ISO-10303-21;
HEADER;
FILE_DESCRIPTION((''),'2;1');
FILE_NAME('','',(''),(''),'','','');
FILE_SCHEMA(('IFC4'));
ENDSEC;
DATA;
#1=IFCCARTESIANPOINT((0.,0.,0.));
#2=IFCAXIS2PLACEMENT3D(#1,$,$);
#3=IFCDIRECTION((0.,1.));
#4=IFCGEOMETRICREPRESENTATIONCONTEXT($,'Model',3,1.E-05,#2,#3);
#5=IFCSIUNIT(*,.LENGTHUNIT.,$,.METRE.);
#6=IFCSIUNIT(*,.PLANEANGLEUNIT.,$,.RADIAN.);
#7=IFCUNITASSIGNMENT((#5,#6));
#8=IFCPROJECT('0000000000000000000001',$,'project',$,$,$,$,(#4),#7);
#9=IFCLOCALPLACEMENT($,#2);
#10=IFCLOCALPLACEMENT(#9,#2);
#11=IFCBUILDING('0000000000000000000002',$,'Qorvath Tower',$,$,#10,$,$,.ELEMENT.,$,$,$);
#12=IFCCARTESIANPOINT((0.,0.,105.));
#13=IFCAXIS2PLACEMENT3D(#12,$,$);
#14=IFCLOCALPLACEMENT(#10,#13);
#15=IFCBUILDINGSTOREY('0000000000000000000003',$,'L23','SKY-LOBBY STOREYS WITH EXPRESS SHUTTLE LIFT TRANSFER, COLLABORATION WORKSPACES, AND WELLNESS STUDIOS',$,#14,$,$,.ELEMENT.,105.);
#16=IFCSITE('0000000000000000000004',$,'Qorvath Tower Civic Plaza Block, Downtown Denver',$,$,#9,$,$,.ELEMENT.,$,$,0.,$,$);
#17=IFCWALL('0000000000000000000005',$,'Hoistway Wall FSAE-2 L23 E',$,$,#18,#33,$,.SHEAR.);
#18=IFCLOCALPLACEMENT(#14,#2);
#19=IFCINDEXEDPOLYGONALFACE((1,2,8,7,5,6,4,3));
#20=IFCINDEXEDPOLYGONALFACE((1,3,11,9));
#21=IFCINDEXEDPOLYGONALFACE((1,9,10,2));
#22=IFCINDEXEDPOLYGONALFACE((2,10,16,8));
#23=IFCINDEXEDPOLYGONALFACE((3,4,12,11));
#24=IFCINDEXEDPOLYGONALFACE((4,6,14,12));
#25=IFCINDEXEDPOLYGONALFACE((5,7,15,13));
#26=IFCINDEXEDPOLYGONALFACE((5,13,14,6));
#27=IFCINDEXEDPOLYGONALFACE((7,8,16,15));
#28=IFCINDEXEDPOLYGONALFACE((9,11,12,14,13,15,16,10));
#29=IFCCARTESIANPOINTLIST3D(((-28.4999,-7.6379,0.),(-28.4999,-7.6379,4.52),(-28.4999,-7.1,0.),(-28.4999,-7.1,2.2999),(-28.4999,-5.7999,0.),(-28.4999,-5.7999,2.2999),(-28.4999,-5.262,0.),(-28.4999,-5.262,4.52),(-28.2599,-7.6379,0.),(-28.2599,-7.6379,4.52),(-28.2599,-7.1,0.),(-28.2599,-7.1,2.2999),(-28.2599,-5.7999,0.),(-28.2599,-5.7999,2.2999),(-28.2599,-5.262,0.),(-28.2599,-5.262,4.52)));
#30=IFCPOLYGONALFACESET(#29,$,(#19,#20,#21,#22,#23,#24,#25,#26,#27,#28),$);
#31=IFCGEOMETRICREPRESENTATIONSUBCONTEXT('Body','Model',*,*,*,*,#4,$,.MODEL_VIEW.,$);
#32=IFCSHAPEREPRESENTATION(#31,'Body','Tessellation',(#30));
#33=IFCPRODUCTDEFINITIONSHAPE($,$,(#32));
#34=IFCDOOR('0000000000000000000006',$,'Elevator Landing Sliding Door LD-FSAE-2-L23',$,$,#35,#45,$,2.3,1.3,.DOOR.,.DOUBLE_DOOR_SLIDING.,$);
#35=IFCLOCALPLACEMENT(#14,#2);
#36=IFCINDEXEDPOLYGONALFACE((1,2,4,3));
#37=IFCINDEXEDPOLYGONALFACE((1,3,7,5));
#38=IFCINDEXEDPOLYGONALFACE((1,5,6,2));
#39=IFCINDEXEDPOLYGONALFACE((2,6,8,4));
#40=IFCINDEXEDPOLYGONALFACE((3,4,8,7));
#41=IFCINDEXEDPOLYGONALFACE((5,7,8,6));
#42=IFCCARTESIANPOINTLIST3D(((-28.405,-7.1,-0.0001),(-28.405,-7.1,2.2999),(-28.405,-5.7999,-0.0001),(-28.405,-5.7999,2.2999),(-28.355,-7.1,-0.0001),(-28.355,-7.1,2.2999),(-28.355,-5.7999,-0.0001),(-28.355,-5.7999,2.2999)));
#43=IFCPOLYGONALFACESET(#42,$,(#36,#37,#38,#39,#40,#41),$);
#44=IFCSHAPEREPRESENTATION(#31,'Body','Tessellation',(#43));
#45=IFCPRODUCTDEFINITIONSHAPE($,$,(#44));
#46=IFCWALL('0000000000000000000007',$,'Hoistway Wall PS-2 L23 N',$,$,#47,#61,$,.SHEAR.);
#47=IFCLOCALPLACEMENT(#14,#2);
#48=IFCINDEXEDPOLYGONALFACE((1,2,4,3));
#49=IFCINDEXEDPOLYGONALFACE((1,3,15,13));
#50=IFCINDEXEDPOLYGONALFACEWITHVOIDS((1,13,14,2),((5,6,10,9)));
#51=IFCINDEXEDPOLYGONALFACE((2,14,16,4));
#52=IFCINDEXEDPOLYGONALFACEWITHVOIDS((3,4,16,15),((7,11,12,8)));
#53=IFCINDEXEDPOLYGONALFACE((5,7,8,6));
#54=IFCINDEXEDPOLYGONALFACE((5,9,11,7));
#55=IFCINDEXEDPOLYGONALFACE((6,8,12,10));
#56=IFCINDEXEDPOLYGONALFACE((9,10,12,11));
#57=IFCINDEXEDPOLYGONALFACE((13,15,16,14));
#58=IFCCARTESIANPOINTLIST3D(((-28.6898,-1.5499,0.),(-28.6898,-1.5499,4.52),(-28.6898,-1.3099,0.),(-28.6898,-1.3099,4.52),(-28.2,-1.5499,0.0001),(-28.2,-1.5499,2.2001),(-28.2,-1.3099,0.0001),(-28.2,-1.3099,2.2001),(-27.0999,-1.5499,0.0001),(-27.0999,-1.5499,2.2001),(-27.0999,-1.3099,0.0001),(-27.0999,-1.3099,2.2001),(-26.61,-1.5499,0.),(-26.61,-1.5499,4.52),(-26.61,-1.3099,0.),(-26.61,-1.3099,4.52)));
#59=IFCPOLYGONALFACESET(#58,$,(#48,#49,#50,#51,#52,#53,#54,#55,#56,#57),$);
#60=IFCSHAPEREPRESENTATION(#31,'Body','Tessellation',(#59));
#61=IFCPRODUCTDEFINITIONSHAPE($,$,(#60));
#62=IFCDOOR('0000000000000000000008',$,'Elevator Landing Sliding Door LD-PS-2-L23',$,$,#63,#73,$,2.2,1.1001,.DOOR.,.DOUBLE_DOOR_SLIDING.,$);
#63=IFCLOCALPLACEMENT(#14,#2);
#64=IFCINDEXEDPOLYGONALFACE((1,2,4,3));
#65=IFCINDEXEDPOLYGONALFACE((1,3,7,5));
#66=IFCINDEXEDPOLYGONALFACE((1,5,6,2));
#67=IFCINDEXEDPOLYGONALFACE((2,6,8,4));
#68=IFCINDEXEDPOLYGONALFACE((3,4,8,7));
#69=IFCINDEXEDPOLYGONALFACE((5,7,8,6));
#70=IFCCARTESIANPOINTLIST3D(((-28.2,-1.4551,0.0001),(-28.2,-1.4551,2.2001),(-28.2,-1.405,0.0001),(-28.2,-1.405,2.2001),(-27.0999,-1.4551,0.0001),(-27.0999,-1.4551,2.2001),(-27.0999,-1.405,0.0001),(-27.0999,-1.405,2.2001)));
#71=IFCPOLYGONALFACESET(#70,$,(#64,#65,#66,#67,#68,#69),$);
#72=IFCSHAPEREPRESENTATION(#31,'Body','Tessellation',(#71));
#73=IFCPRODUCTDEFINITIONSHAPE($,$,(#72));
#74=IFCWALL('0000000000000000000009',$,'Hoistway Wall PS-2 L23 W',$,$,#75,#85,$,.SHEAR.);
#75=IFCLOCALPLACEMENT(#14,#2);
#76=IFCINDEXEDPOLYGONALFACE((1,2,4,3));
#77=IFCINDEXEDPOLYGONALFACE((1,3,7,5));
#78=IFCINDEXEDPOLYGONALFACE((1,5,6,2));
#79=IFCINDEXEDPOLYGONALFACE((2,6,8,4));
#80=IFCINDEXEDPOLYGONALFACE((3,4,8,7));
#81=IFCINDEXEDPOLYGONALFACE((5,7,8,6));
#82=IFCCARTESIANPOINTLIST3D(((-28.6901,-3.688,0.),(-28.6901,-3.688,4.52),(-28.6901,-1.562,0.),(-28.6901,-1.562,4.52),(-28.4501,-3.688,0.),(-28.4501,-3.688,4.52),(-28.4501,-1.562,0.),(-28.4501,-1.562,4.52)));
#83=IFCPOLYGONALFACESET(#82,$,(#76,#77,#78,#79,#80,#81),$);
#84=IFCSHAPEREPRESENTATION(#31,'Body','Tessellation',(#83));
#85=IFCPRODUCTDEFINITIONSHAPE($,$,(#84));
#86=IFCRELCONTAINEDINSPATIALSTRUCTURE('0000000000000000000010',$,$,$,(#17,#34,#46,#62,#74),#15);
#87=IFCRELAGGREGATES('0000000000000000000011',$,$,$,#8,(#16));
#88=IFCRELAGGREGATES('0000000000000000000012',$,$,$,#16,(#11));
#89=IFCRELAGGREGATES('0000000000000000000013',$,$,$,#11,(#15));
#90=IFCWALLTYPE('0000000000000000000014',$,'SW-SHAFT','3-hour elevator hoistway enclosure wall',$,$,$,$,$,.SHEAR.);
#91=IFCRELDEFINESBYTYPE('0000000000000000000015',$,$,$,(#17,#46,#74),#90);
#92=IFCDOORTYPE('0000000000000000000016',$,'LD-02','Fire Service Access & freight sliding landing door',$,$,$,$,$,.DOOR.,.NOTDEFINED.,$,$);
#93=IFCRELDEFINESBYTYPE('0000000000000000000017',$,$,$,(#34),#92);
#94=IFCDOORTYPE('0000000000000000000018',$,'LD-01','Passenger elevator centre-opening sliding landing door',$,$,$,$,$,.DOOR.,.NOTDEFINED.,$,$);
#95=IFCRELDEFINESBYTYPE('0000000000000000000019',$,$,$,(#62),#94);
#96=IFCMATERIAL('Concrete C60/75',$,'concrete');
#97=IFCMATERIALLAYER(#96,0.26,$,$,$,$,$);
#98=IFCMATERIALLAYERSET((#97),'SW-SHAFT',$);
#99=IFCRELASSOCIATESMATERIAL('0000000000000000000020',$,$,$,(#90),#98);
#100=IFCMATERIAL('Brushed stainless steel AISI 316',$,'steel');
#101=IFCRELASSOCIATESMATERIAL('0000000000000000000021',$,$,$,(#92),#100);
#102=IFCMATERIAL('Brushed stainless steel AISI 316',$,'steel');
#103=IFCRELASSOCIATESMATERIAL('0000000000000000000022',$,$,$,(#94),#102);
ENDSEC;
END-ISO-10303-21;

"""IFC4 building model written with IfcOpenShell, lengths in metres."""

from ifc_helpers import new_model, si_unit, direction, frame, frame_2d, origin, place, context, subcontext, project, spatial, rectangle, extrude, material, layer, layer_set, type_object, element, fill, save


model = new_model("IFC4")

# Units and contexts
model_context = context("Model", 3, precision=1e-05, world=origin(), true_north=direction((0.0, 1.0)))
body_context = subcontext(model_context, "Body", "Model", "MODEL_VIEW")
ifc_project = project(units=[si_unit("LENGTHUNIT", "METRE"), si_unit("PLANEANGLEUNIT", "RADIAN")], contexts=[model_context])

# Site, building, storey
site_placement = place(None, origin())
site = spatial("IfcSite", under=ifc_project, at=site_placement, Name="Qorvath Tower Civic Plaza Block, Downtown Denver", CompositionType="ELEMENT", RefElevation=0.0)
building_placement = place(site_placement, origin())
building = spatial("IfcBuilding", under=site, at=building_placement, Name="Qorvath Tower", CompositionType="ELEMENT")
storey_placement = place(building_placement, frame((0.0, 0.0, 105.0)))
storey = spatial("IfcBuildingStorey", under=building, at=storey_placement, Name="L23", Description="SKY-LOBBY STOREYS WITH EXPRESS SHUTTLE LIFT TRANSFER, COLLABORATION WORKSPACES, AND WELLNESS STUDIOS", CompositionType="ELEMENT", Elevation=105.0)

# Shared definitions
ifc_material_1 = material(Name="Concrete C60/75", Category="concrete")
ifc_layer_1 = layer(ifc_material_1, 0.26)
ifc_layer_set_1 = layer_set([ifc_layer_1], Name="SW-SHAFT")
wall_type_1 = type_object("IfcWallType", Name="SW-SHAFT", Description="3-hour elevator hoistway enclosure wall", PredefinedType="SHEAR", material=ifc_layer_set_1)

# Walls, openings, doors
wall_1_placement = place(storey_placement, frame((-28.3799, -5.262, 0.0), z_axis=(0.0, 0.0, 1.0), x_axis=(0.0, -1.0, 0.0)))
wall_1 = element("IfcWall", 1, at=wall_1_placement, inside=storey, type_object=wall_type_1, Name="Hoistway Wall FSAE-2 L23 E", PredefinedType="SHEAR", context=body_context, shape_type="SweptSolid", body=[
    extrude(rectangle(XDim=2.376, YDim=0.24, at=frame_2d((1.188, 0.0))), origin(), (0.0, 0.0, 1.0), 4.52),
])
opening_1_placement = place(wall_1_placement, frame((0.5381, 0.0, 0.0)))
opening_1 = element("IfcOpeningElement", 2, at=opening_1_placement, cuts=wall_1, PredefinedType="OPENING", context=body_context, shape_type="SweptSolid", body=[
    extrude(rectangle(XDim=1.3, YDim=2.3, at=frame_2d((0.6499, 1.1499))), frame((0.0, 0.1299, 0.0), z_axis=(0.0, -1.0, 0.0), x_axis=(1.0, 0.0, 0.0)), (0.0, 0.0, 1.0), 0.26),
])
ifc_material_2 = material(Name="Brushed stainless steel AISI 316", Category="steel")
door_type_1 = type_object("IfcDoorType", Name="LD-02", Description="Fire Service Access & freight sliding landing door", OperationType="NOTDEFINED", PredefinedType="DOOR", material=ifc_material_2)
door_1_placement = place(opening_1_placement, origin())
door_1 = element("IfcDoor", 3, at=door_1_placement, inside=storey, type_object=door_type_1, Name="Elevator Landing Sliding Door LD-FSAE-2-L23", OperationType="DOUBLE_DOOR_SLIDING", OverallHeight=2.3, OverallWidth=1.3, PredefinedType="DOOR", context=body_context, shape_type="SweptSolid", body=[
    extrude(rectangle(XDim=1.3, YDim=2.3, at=frame_2d((0.6499, 1.1499))), frame((0.0, 0.0249, 0.0), z_axis=(0.0, -1.0, 0.0), x_axis=(1.0, 0.0, 0.0)), (0.0, 0.0, 1.0), 0.05),
])
fill(opening_1, door_1)
wall_2_placement = place(storey_placement, frame((-28.6899, -1.4299, 0.0), z_axis=(0.0, 0.0, 1.0), x_axis=(1.0, 0.0, 0.0)))
wall_2 = element("IfcWall", 4, at=wall_2_placement, inside=storey, type_object=wall_type_1, Name="Hoistway Wall PS-2 L23 N", PredefinedType="SHEAR", context=body_context, shape_type="SweptSolid", body=[
    extrude(rectangle(XDim=2.0798, YDim=0.24, at=frame_2d((1.04, 0.0))), origin(), (0.0, 0.0, 1.0), 4.52),
])
opening_2_placement = place(wall_2_placement, frame((0.49, 0.0, 0.0)))
opening_2 = element("IfcOpeningElement", 5, at=opening_2_placement, cuts=wall_2, PredefinedType="OPENING", context=body_context, shape_type="SweptSolid", body=[
    extrude(rectangle(XDim=1.1001, YDim=2.2, at=frame_2d((0.55, 1.1001))), frame((0.0, 0.1299, 0.0), z_axis=(0.0, -1.0, 0.0), x_axis=(1.0, 0.0, 0.0)), (0.0, 0.0, 1.0), 0.26),
])
ifc_material_3 = material(Name="Brushed stainless steel AISI 316", Category="steel")
door_type_2 = type_object("IfcDoorType", Name="LD-01", Description="Passenger elevator centre-opening sliding landing door", OperationType="NOTDEFINED", PredefinedType="DOOR", material=ifc_material_3)
door_2_placement = place(opening_2_placement, origin())
door_2 = element("IfcDoor", 6, at=door_2_placement, inside=storey, type_object=door_type_2, Name="Elevator Landing Sliding Door LD-PS-2-L23", OperationType="DOUBLE_DOOR_SLIDING", OverallHeight=2.2, OverallWidth=1.1001, PredefinedType="DOOR", context=body_context, shape_type="SweptSolid", body=[
    extrude(rectangle(XDim=1.1001, YDim=2.2, at=frame_2d((0.55, 1.1001))), frame((0.0, 0.0249, 0.0), z_axis=(0.0, -1.0, 0.0), x_axis=(1.0, 0.0, 0.0)), (0.0, 0.0, 1.0), 0.05),
])
fill(opening_2, door_2)

# Wall
wall_3_placement = place(storey_placement, frame((-28.5701, -3.688, 0.0), z_axis=(0.0, 0.0, 1.0), x_axis=(0.0, 1.0, 0.0)))
element("IfcWall", 7, at=wall_3_placement, inside=storey, type_object=wall_type_1, Name="Hoistway Wall PS-2 L23 W", PredefinedType="SHEAR", context=body_context, shape_type="SweptSolid", body=[
    extrude(rectangle(XDim=2.126, YDim=0.24, at=frame_2d((1.063, 0.0))), origin(), (0.0, 0.0, 1.0), 4.52),
])

save(model, "model.ifc")
